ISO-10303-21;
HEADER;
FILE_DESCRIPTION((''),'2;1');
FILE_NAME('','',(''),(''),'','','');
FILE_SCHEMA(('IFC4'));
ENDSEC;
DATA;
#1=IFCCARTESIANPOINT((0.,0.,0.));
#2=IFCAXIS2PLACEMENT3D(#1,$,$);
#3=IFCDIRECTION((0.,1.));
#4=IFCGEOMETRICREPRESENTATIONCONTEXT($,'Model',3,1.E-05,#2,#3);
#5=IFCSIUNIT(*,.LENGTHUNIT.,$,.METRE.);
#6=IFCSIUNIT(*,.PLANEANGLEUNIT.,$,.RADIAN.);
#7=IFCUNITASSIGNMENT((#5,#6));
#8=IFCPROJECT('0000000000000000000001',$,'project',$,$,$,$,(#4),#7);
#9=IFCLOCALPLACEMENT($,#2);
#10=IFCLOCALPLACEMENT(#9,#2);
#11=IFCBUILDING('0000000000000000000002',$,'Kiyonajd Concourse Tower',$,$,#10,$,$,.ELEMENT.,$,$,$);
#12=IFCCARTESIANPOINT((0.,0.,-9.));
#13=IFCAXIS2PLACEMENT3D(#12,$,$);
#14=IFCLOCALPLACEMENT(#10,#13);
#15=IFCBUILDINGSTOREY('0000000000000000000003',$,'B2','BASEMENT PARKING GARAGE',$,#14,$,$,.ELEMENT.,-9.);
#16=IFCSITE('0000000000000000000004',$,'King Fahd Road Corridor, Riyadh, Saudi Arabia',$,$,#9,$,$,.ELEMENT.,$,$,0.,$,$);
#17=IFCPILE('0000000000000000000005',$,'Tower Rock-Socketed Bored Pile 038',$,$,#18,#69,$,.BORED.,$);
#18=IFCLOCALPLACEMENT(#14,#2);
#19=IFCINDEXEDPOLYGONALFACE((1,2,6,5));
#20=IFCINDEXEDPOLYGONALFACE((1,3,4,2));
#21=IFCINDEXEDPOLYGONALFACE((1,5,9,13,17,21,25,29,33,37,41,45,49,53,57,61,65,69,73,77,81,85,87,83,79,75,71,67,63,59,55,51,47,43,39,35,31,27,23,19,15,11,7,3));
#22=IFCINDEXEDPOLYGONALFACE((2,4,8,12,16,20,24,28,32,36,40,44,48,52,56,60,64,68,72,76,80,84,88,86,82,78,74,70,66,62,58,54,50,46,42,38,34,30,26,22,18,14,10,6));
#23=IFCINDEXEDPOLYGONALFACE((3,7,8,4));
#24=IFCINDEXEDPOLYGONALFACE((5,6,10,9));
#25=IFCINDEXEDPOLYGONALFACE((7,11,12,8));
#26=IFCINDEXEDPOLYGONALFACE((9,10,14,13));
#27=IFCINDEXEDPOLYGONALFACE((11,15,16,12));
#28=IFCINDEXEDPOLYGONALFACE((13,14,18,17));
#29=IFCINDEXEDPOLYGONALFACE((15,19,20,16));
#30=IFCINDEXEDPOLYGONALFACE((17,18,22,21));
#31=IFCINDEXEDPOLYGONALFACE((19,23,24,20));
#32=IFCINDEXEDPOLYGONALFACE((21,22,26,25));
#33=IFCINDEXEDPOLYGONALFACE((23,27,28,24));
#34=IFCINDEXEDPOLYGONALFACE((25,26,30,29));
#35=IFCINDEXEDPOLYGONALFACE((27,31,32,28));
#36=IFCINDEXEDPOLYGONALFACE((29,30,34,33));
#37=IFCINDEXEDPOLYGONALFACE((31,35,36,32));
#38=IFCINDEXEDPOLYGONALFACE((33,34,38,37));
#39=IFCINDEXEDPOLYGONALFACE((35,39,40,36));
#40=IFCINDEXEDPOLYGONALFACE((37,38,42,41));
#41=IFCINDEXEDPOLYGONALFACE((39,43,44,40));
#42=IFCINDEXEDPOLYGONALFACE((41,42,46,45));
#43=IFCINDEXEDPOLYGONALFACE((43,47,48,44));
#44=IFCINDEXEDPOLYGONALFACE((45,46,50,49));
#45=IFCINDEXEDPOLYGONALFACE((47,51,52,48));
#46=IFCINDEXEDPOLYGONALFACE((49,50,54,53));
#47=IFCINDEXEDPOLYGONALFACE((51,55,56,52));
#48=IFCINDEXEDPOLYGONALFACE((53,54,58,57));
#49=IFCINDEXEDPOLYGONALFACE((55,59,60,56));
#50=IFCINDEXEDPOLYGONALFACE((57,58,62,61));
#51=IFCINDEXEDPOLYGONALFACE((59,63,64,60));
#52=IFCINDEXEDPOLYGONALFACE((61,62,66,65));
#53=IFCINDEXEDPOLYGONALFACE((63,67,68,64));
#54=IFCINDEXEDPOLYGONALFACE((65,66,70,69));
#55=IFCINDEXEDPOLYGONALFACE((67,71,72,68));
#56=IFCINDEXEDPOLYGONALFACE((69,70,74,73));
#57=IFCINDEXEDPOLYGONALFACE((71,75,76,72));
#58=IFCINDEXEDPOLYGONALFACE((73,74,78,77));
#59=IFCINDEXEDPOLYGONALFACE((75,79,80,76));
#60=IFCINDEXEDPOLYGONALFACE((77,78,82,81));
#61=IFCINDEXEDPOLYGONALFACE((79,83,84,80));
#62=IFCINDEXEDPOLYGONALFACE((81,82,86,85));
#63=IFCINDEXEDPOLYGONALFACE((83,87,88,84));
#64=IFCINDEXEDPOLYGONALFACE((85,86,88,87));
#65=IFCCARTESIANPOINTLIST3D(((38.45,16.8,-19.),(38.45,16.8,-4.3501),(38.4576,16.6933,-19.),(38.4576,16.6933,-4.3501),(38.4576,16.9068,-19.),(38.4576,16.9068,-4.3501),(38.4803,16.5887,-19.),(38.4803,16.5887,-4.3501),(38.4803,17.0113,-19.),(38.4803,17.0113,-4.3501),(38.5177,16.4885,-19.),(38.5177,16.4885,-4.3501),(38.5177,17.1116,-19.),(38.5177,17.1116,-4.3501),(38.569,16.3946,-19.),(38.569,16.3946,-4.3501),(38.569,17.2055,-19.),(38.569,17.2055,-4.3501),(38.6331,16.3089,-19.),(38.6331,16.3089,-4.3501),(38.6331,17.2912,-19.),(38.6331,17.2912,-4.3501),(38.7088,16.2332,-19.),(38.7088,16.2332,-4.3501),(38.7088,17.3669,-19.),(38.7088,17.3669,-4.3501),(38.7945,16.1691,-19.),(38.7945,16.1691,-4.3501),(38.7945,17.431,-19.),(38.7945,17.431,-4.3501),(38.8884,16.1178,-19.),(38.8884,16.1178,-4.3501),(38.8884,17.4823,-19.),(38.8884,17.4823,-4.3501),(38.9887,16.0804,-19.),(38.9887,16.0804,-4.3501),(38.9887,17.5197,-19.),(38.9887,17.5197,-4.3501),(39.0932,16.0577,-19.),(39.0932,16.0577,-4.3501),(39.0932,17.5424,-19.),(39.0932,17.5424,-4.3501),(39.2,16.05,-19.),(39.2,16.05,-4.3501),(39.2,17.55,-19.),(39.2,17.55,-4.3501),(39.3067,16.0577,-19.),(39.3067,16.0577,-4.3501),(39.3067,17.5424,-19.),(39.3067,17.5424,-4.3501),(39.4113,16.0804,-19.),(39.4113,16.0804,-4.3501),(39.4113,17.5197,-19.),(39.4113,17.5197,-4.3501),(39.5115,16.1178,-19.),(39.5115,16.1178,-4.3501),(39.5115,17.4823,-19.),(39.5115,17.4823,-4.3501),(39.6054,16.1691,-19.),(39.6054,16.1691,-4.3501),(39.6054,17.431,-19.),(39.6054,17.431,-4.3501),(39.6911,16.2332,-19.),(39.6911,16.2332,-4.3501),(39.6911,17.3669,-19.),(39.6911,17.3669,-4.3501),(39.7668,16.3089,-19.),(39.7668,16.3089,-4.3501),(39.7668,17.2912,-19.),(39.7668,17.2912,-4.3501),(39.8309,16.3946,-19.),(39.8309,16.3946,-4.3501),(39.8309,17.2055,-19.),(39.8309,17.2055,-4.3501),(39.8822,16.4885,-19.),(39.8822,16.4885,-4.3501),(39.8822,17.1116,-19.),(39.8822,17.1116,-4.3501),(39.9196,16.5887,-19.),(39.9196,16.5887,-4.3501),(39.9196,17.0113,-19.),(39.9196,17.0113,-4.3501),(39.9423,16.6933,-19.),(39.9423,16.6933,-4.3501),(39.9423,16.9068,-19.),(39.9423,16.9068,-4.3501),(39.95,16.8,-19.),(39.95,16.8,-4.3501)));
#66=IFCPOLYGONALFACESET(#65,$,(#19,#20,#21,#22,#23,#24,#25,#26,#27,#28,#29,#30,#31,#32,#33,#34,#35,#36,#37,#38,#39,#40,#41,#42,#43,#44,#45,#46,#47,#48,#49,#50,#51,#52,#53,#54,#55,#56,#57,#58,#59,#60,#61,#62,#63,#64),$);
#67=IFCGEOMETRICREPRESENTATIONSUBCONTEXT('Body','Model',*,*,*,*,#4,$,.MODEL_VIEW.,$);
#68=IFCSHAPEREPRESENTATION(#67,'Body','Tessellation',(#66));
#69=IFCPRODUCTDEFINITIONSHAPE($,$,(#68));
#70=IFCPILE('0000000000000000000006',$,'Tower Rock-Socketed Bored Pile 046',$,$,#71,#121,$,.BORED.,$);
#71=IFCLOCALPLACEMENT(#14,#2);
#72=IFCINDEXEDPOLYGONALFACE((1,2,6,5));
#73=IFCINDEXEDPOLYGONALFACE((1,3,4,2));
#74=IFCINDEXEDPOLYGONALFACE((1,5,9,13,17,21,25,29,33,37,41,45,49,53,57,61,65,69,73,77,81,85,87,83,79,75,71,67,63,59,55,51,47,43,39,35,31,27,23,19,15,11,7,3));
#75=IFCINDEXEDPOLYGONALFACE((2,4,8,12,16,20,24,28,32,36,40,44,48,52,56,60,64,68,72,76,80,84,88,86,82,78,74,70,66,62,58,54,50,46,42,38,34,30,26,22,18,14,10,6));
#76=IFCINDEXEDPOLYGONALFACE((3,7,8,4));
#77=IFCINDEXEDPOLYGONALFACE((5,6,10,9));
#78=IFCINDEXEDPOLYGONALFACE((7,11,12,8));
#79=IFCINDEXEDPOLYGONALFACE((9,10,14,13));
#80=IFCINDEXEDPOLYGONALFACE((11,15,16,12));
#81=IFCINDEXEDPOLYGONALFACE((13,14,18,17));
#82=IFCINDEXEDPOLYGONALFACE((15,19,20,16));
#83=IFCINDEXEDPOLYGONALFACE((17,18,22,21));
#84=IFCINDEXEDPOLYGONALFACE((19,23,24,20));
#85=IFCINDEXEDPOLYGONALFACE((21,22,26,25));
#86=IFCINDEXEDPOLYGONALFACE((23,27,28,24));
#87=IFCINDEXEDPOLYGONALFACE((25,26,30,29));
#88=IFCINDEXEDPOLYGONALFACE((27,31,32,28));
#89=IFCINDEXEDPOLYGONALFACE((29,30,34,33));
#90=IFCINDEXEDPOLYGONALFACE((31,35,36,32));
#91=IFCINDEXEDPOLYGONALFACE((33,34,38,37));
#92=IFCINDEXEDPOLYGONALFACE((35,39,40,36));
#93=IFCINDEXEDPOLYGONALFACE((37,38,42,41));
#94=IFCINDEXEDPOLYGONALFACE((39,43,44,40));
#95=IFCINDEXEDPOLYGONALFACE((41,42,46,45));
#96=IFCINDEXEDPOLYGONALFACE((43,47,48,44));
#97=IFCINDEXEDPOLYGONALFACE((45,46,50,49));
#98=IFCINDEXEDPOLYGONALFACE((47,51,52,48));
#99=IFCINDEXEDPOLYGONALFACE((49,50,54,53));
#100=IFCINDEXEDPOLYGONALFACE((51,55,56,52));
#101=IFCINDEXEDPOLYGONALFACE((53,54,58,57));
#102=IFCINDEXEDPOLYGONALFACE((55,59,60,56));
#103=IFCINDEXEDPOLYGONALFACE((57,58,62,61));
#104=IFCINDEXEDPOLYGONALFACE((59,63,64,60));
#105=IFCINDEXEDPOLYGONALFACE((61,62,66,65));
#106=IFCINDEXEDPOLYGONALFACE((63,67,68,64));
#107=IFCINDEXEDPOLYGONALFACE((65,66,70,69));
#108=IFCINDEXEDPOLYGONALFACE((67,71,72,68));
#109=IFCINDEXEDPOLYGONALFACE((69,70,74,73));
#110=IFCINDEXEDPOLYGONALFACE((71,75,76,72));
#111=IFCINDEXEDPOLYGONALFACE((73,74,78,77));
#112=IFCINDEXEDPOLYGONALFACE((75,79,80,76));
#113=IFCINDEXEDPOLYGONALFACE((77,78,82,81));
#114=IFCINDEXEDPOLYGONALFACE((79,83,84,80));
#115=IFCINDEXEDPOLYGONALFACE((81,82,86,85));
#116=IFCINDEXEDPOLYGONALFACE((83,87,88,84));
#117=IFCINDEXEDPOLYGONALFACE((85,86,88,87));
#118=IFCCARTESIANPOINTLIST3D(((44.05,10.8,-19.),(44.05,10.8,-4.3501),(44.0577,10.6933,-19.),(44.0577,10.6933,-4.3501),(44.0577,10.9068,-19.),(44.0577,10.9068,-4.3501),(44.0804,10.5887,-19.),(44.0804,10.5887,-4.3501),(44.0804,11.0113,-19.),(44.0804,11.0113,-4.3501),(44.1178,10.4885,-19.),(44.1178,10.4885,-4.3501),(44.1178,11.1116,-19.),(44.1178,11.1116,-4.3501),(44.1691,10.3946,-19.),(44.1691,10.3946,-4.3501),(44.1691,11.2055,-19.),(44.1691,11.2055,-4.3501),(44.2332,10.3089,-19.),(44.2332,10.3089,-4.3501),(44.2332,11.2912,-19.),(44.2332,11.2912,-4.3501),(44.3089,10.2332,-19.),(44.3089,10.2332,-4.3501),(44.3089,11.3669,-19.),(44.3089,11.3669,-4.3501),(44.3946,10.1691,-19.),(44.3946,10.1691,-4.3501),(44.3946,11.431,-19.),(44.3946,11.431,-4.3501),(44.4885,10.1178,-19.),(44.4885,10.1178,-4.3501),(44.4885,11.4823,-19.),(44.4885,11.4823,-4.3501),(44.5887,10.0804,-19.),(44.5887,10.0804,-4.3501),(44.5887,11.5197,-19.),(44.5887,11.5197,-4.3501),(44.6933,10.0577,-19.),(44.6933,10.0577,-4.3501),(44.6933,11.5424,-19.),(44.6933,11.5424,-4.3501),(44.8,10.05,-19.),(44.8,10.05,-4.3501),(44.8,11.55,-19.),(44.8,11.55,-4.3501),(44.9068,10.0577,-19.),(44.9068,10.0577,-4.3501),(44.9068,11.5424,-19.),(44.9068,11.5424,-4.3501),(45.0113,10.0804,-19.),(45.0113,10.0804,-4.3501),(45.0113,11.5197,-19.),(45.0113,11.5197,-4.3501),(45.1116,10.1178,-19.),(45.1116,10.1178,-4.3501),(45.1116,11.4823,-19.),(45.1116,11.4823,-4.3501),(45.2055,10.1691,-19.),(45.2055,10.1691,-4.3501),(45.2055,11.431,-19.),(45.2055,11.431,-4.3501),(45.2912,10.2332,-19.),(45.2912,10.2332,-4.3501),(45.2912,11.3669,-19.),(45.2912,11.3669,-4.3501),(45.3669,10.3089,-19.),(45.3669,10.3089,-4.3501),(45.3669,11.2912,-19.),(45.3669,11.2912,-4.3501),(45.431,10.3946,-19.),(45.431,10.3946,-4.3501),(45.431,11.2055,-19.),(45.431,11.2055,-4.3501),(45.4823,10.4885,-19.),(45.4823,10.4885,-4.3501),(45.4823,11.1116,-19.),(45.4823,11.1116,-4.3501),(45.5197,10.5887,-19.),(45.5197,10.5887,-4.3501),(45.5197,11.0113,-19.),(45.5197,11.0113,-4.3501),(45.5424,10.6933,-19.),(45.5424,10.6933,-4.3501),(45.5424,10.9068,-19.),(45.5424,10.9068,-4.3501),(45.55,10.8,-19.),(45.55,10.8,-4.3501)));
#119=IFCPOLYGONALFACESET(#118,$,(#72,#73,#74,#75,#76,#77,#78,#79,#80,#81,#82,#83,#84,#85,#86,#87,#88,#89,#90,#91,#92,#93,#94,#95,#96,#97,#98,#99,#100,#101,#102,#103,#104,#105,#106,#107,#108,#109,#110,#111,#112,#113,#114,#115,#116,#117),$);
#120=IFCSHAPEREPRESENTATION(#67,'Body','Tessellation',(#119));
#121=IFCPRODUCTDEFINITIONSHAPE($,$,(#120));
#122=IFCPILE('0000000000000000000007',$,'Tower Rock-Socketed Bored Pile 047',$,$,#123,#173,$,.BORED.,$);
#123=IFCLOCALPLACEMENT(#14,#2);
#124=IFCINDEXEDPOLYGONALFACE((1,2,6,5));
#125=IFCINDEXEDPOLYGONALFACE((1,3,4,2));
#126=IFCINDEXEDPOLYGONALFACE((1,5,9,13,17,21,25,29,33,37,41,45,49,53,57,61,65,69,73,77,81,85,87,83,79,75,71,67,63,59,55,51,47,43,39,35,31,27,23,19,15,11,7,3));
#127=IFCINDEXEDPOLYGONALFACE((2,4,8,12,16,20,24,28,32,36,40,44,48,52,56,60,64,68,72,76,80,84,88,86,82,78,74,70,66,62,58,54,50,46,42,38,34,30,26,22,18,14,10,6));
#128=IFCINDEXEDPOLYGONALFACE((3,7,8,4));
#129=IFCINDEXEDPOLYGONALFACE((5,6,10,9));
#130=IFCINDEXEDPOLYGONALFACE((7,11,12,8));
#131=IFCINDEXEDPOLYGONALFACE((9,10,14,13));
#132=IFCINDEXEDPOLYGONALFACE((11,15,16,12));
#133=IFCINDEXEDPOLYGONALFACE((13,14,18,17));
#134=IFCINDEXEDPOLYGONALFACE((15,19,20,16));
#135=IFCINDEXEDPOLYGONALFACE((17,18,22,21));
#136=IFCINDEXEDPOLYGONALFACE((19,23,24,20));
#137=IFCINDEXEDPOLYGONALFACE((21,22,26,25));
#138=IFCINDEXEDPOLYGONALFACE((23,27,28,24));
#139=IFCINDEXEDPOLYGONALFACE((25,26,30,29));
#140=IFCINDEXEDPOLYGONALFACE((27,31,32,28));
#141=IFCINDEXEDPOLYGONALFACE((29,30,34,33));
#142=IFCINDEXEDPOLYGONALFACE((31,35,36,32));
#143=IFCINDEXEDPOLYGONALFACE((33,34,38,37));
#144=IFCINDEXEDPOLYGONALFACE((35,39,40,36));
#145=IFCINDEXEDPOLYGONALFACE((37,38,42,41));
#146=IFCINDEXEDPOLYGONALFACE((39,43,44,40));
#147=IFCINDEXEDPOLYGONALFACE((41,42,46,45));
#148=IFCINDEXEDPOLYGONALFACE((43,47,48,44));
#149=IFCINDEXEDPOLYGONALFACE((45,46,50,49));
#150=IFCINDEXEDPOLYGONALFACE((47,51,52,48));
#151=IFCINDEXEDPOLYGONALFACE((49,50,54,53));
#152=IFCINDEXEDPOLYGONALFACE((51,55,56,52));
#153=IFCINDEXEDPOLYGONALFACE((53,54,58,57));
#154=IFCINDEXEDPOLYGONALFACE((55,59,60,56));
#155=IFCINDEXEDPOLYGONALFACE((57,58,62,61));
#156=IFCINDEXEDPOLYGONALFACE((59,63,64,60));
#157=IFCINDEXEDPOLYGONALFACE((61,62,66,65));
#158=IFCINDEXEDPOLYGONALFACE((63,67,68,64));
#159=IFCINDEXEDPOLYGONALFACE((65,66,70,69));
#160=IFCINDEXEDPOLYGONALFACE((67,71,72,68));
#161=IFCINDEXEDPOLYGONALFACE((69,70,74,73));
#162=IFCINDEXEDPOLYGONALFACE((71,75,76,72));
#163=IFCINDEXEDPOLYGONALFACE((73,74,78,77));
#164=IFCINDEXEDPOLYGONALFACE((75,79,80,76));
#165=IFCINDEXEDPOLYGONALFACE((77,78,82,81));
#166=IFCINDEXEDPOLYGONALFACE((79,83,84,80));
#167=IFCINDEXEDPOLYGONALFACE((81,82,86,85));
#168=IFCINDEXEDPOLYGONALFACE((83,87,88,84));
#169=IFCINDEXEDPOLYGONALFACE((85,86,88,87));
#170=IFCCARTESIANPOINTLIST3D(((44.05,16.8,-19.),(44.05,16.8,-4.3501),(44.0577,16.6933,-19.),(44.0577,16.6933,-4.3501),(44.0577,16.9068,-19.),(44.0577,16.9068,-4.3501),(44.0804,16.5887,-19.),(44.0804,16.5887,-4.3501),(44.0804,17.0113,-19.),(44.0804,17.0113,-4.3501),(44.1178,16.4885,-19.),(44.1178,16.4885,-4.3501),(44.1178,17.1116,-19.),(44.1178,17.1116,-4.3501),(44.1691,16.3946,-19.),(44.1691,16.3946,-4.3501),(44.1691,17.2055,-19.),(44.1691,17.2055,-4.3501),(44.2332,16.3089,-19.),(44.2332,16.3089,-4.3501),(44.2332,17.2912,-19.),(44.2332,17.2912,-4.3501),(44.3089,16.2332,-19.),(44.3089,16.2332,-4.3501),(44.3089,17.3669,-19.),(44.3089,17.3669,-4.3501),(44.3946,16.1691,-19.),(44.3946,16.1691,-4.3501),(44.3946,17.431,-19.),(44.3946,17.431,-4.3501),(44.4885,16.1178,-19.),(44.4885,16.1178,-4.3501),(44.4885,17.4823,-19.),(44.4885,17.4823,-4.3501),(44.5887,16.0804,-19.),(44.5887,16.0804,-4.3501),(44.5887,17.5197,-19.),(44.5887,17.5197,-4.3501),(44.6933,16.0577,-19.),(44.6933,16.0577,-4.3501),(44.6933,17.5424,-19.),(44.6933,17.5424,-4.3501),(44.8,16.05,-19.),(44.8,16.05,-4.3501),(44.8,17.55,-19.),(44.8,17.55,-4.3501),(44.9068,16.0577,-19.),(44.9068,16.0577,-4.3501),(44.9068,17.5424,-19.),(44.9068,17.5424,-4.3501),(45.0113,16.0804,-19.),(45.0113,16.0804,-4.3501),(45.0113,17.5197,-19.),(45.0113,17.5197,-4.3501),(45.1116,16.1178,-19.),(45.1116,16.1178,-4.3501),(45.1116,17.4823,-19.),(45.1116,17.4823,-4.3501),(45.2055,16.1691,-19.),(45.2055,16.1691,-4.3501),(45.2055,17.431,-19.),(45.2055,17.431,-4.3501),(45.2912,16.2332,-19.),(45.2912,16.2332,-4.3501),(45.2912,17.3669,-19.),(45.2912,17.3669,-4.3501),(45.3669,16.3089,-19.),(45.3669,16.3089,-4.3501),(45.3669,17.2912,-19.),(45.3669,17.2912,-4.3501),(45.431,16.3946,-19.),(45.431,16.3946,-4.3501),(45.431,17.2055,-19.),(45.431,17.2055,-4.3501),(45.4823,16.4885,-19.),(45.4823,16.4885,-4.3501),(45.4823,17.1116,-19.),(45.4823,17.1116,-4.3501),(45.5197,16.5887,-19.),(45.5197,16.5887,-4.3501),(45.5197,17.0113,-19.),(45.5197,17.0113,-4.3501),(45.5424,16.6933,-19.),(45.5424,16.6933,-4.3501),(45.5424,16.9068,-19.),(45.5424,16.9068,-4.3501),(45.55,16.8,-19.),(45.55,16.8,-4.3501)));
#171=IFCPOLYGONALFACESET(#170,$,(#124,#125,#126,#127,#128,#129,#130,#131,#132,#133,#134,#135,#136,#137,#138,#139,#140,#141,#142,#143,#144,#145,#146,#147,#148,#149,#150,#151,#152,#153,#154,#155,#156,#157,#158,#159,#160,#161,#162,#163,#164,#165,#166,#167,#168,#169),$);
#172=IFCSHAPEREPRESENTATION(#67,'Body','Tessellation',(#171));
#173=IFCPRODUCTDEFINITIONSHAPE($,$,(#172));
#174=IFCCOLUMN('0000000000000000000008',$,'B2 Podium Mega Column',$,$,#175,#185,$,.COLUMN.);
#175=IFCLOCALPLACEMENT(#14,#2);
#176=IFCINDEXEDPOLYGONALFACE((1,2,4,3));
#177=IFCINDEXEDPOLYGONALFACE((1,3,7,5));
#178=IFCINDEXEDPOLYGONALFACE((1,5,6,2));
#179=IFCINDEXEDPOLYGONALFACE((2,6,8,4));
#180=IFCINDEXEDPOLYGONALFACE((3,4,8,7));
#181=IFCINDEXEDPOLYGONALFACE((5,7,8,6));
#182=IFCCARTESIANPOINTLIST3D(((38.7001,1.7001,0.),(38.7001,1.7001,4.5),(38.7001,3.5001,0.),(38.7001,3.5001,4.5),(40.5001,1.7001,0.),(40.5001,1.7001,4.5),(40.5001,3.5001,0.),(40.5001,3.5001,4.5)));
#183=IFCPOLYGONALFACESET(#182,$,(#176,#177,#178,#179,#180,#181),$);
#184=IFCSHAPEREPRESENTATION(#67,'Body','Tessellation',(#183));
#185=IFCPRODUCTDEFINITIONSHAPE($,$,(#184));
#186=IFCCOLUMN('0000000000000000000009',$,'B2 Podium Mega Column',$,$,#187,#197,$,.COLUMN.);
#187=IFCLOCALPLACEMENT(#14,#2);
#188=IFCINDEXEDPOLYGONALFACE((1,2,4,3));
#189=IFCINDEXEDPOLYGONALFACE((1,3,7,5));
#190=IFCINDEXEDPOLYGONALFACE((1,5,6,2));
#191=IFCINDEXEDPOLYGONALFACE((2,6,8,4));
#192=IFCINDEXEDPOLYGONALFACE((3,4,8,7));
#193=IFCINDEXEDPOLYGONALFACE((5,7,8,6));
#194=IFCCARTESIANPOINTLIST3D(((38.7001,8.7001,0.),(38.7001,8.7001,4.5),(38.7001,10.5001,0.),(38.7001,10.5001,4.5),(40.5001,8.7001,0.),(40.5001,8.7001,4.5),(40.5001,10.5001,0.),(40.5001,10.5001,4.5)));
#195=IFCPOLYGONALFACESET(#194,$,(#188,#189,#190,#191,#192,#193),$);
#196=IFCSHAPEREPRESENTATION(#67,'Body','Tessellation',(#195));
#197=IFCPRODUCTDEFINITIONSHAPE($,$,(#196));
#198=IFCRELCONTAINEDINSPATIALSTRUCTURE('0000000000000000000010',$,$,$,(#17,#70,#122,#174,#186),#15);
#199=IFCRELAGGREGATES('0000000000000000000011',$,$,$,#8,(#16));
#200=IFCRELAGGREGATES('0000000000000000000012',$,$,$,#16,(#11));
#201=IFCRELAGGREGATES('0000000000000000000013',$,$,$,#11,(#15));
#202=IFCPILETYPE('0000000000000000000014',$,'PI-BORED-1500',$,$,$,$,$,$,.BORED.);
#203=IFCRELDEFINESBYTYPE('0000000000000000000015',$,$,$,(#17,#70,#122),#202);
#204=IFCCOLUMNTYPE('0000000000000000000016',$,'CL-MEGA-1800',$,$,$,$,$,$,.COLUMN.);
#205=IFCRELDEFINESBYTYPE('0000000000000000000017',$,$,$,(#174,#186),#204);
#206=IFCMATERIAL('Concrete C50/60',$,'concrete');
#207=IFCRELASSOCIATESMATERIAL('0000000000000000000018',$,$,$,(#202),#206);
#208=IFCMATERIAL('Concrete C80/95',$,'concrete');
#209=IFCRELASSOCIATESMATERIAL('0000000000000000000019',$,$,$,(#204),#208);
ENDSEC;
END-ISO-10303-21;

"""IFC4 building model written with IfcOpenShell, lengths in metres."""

from ifc_helpers import new_model, si_unit, direction, frame, origin, origin_2d, place, context, subcontext, project, spatial, rectangle, circle, extrude, material, material_profile, profile_set, type_object, element, save


model = new_model("IFC4")

# Units and contexts
model_context = context("Model", 3, precision=1e-05, world=origin(), true_north=direction((0.0, 1.0)))
body_context = subcontext(model_context, "Body", "Model", "MODEL_VIEW")
ifc_project = project(units=[si_unit("LENGTHUNIT", "METRE"), si_unit("PLANEANGLEUNIT", "RADIAN")], contexts=[model_context])

# Site, building, storey
site_placement = place(None, origin())
site = spatial("IfcSite", under=ifc_project, at=site_placement, Name="King Fahd Road Corridor, Riyadh, Saudi Arabia", CompositionType="ELEMENT", RefElevation=0.0)
building_placement = place(site_placement, origin())
building = spatial("IfcBuilding", under=site, at=building_placement, Name="Kiyonajd Concourse Tower", CompositionType="ELEMENT")
storey_placement = place(building_placement, frame((0.0, 0.0, -9.0)))
storey = spatial("IfcBuildingStorey", under=building, at=storey_placement, Name="B2", Description="BASEMENT PARKING GARAGE", CompositionType="ELEMENT", Elevation=-9.0)

# Shared definitions
ifc_material_1 = material(Name="Concrete C50/60", Category="concrete")

# Piles
ifc_material_profile_1 = material_profile(ifc_material_1, circle(Radius=0.75, at=origin_2d()), Name="PILE-D1500")
ifc_profile_set_1 = profile_set([ifc_material_profile_1], Name="Concrete C50/60")
pile_type_1 = type_object("IfcPileType", Name="PI-BORED-1500", PredefinedType="BORED", material=ifc_profile_set_1)
for number, where, z_axis, x_axis, name in (
    (1, (39.2, 16.8, -4.3501), (0.0, 0.0, -1.0), (1.0, 0.0, 0.0), "Tower Rock-Socketed Bored Pile 038"),
    (2, (44.8, 10.8, -4.3501), (0.0, 0.0, -1.0), (1.0, 0.0, 0.0), "Tower Rock-Socketed Bored Pile 046"),
    (3, (44.8, 16.8, -4.3501), (0.0, 0.0, -1.0), (1.0, 0.0, 0.0), "Tower Rock-Socketed Bored Pile 047"),
):
    element("IfcPile", number, at=place(storey_placement, frame(where, z_axis=z_axis, x_axis=x_axis)), inside=storey, type_object=pile_type_1, Name=name, PredefinedType="BORED", context=body_context, shape_type="SweptSolid", body=[
        extrude(circle(Radius=0.75, at=origin_2d()), origin(), (0.0, 0.0, 1.0), 14.6499),
    ])

# Columns
ifc_material_2 = material(Name="Concrete C80/95", Category="concrete")
ifc_material_profile_2 = material_profile(ifc_material_2, rectangle(XDim=1.8, YDim=1.8, at=origin_2d()), Name="RC-1800x1800")
ifc_profile_set_2 = profile_set([ifc_material_profile_2], Name="Concrete C80/95")
column_type_1 = type_object("IfcColumnType", Name="CL-MEGA-1800", PredefinedType="COLUMN", material=ifc_profile_set_2)
for number, where, z_axis, x_axis, name in (
    (4, (39.6001, 2.6001, 0.0), (0.0, 0.0, 1.0), (1.0, 0.0, 0.0), "B2 Podium Mega Column"),
    (5, (39.6001, 9.6001, 0.0), (0.0, 0.0, 1.0), (1.0, 0.0, 0.0), "B2 Podium Mega Column"),
):
    element("IfcColumn", number, at=place(storey_placement, frame(where, z_axis=z_axis, x_axis=x_axis)), inside=storey, type_object=column_type_1, Name=name, PredefinedType="COLUMN", context=body_context, shape_type="SweptSolid", body=[
        extrude(rectangle(XDim=1.8, YDim=1.8, at=origin_2d()), origin(), (0.0, 0.0, 1.0), 4.5),
    ])

save(model, "model.ifc")
